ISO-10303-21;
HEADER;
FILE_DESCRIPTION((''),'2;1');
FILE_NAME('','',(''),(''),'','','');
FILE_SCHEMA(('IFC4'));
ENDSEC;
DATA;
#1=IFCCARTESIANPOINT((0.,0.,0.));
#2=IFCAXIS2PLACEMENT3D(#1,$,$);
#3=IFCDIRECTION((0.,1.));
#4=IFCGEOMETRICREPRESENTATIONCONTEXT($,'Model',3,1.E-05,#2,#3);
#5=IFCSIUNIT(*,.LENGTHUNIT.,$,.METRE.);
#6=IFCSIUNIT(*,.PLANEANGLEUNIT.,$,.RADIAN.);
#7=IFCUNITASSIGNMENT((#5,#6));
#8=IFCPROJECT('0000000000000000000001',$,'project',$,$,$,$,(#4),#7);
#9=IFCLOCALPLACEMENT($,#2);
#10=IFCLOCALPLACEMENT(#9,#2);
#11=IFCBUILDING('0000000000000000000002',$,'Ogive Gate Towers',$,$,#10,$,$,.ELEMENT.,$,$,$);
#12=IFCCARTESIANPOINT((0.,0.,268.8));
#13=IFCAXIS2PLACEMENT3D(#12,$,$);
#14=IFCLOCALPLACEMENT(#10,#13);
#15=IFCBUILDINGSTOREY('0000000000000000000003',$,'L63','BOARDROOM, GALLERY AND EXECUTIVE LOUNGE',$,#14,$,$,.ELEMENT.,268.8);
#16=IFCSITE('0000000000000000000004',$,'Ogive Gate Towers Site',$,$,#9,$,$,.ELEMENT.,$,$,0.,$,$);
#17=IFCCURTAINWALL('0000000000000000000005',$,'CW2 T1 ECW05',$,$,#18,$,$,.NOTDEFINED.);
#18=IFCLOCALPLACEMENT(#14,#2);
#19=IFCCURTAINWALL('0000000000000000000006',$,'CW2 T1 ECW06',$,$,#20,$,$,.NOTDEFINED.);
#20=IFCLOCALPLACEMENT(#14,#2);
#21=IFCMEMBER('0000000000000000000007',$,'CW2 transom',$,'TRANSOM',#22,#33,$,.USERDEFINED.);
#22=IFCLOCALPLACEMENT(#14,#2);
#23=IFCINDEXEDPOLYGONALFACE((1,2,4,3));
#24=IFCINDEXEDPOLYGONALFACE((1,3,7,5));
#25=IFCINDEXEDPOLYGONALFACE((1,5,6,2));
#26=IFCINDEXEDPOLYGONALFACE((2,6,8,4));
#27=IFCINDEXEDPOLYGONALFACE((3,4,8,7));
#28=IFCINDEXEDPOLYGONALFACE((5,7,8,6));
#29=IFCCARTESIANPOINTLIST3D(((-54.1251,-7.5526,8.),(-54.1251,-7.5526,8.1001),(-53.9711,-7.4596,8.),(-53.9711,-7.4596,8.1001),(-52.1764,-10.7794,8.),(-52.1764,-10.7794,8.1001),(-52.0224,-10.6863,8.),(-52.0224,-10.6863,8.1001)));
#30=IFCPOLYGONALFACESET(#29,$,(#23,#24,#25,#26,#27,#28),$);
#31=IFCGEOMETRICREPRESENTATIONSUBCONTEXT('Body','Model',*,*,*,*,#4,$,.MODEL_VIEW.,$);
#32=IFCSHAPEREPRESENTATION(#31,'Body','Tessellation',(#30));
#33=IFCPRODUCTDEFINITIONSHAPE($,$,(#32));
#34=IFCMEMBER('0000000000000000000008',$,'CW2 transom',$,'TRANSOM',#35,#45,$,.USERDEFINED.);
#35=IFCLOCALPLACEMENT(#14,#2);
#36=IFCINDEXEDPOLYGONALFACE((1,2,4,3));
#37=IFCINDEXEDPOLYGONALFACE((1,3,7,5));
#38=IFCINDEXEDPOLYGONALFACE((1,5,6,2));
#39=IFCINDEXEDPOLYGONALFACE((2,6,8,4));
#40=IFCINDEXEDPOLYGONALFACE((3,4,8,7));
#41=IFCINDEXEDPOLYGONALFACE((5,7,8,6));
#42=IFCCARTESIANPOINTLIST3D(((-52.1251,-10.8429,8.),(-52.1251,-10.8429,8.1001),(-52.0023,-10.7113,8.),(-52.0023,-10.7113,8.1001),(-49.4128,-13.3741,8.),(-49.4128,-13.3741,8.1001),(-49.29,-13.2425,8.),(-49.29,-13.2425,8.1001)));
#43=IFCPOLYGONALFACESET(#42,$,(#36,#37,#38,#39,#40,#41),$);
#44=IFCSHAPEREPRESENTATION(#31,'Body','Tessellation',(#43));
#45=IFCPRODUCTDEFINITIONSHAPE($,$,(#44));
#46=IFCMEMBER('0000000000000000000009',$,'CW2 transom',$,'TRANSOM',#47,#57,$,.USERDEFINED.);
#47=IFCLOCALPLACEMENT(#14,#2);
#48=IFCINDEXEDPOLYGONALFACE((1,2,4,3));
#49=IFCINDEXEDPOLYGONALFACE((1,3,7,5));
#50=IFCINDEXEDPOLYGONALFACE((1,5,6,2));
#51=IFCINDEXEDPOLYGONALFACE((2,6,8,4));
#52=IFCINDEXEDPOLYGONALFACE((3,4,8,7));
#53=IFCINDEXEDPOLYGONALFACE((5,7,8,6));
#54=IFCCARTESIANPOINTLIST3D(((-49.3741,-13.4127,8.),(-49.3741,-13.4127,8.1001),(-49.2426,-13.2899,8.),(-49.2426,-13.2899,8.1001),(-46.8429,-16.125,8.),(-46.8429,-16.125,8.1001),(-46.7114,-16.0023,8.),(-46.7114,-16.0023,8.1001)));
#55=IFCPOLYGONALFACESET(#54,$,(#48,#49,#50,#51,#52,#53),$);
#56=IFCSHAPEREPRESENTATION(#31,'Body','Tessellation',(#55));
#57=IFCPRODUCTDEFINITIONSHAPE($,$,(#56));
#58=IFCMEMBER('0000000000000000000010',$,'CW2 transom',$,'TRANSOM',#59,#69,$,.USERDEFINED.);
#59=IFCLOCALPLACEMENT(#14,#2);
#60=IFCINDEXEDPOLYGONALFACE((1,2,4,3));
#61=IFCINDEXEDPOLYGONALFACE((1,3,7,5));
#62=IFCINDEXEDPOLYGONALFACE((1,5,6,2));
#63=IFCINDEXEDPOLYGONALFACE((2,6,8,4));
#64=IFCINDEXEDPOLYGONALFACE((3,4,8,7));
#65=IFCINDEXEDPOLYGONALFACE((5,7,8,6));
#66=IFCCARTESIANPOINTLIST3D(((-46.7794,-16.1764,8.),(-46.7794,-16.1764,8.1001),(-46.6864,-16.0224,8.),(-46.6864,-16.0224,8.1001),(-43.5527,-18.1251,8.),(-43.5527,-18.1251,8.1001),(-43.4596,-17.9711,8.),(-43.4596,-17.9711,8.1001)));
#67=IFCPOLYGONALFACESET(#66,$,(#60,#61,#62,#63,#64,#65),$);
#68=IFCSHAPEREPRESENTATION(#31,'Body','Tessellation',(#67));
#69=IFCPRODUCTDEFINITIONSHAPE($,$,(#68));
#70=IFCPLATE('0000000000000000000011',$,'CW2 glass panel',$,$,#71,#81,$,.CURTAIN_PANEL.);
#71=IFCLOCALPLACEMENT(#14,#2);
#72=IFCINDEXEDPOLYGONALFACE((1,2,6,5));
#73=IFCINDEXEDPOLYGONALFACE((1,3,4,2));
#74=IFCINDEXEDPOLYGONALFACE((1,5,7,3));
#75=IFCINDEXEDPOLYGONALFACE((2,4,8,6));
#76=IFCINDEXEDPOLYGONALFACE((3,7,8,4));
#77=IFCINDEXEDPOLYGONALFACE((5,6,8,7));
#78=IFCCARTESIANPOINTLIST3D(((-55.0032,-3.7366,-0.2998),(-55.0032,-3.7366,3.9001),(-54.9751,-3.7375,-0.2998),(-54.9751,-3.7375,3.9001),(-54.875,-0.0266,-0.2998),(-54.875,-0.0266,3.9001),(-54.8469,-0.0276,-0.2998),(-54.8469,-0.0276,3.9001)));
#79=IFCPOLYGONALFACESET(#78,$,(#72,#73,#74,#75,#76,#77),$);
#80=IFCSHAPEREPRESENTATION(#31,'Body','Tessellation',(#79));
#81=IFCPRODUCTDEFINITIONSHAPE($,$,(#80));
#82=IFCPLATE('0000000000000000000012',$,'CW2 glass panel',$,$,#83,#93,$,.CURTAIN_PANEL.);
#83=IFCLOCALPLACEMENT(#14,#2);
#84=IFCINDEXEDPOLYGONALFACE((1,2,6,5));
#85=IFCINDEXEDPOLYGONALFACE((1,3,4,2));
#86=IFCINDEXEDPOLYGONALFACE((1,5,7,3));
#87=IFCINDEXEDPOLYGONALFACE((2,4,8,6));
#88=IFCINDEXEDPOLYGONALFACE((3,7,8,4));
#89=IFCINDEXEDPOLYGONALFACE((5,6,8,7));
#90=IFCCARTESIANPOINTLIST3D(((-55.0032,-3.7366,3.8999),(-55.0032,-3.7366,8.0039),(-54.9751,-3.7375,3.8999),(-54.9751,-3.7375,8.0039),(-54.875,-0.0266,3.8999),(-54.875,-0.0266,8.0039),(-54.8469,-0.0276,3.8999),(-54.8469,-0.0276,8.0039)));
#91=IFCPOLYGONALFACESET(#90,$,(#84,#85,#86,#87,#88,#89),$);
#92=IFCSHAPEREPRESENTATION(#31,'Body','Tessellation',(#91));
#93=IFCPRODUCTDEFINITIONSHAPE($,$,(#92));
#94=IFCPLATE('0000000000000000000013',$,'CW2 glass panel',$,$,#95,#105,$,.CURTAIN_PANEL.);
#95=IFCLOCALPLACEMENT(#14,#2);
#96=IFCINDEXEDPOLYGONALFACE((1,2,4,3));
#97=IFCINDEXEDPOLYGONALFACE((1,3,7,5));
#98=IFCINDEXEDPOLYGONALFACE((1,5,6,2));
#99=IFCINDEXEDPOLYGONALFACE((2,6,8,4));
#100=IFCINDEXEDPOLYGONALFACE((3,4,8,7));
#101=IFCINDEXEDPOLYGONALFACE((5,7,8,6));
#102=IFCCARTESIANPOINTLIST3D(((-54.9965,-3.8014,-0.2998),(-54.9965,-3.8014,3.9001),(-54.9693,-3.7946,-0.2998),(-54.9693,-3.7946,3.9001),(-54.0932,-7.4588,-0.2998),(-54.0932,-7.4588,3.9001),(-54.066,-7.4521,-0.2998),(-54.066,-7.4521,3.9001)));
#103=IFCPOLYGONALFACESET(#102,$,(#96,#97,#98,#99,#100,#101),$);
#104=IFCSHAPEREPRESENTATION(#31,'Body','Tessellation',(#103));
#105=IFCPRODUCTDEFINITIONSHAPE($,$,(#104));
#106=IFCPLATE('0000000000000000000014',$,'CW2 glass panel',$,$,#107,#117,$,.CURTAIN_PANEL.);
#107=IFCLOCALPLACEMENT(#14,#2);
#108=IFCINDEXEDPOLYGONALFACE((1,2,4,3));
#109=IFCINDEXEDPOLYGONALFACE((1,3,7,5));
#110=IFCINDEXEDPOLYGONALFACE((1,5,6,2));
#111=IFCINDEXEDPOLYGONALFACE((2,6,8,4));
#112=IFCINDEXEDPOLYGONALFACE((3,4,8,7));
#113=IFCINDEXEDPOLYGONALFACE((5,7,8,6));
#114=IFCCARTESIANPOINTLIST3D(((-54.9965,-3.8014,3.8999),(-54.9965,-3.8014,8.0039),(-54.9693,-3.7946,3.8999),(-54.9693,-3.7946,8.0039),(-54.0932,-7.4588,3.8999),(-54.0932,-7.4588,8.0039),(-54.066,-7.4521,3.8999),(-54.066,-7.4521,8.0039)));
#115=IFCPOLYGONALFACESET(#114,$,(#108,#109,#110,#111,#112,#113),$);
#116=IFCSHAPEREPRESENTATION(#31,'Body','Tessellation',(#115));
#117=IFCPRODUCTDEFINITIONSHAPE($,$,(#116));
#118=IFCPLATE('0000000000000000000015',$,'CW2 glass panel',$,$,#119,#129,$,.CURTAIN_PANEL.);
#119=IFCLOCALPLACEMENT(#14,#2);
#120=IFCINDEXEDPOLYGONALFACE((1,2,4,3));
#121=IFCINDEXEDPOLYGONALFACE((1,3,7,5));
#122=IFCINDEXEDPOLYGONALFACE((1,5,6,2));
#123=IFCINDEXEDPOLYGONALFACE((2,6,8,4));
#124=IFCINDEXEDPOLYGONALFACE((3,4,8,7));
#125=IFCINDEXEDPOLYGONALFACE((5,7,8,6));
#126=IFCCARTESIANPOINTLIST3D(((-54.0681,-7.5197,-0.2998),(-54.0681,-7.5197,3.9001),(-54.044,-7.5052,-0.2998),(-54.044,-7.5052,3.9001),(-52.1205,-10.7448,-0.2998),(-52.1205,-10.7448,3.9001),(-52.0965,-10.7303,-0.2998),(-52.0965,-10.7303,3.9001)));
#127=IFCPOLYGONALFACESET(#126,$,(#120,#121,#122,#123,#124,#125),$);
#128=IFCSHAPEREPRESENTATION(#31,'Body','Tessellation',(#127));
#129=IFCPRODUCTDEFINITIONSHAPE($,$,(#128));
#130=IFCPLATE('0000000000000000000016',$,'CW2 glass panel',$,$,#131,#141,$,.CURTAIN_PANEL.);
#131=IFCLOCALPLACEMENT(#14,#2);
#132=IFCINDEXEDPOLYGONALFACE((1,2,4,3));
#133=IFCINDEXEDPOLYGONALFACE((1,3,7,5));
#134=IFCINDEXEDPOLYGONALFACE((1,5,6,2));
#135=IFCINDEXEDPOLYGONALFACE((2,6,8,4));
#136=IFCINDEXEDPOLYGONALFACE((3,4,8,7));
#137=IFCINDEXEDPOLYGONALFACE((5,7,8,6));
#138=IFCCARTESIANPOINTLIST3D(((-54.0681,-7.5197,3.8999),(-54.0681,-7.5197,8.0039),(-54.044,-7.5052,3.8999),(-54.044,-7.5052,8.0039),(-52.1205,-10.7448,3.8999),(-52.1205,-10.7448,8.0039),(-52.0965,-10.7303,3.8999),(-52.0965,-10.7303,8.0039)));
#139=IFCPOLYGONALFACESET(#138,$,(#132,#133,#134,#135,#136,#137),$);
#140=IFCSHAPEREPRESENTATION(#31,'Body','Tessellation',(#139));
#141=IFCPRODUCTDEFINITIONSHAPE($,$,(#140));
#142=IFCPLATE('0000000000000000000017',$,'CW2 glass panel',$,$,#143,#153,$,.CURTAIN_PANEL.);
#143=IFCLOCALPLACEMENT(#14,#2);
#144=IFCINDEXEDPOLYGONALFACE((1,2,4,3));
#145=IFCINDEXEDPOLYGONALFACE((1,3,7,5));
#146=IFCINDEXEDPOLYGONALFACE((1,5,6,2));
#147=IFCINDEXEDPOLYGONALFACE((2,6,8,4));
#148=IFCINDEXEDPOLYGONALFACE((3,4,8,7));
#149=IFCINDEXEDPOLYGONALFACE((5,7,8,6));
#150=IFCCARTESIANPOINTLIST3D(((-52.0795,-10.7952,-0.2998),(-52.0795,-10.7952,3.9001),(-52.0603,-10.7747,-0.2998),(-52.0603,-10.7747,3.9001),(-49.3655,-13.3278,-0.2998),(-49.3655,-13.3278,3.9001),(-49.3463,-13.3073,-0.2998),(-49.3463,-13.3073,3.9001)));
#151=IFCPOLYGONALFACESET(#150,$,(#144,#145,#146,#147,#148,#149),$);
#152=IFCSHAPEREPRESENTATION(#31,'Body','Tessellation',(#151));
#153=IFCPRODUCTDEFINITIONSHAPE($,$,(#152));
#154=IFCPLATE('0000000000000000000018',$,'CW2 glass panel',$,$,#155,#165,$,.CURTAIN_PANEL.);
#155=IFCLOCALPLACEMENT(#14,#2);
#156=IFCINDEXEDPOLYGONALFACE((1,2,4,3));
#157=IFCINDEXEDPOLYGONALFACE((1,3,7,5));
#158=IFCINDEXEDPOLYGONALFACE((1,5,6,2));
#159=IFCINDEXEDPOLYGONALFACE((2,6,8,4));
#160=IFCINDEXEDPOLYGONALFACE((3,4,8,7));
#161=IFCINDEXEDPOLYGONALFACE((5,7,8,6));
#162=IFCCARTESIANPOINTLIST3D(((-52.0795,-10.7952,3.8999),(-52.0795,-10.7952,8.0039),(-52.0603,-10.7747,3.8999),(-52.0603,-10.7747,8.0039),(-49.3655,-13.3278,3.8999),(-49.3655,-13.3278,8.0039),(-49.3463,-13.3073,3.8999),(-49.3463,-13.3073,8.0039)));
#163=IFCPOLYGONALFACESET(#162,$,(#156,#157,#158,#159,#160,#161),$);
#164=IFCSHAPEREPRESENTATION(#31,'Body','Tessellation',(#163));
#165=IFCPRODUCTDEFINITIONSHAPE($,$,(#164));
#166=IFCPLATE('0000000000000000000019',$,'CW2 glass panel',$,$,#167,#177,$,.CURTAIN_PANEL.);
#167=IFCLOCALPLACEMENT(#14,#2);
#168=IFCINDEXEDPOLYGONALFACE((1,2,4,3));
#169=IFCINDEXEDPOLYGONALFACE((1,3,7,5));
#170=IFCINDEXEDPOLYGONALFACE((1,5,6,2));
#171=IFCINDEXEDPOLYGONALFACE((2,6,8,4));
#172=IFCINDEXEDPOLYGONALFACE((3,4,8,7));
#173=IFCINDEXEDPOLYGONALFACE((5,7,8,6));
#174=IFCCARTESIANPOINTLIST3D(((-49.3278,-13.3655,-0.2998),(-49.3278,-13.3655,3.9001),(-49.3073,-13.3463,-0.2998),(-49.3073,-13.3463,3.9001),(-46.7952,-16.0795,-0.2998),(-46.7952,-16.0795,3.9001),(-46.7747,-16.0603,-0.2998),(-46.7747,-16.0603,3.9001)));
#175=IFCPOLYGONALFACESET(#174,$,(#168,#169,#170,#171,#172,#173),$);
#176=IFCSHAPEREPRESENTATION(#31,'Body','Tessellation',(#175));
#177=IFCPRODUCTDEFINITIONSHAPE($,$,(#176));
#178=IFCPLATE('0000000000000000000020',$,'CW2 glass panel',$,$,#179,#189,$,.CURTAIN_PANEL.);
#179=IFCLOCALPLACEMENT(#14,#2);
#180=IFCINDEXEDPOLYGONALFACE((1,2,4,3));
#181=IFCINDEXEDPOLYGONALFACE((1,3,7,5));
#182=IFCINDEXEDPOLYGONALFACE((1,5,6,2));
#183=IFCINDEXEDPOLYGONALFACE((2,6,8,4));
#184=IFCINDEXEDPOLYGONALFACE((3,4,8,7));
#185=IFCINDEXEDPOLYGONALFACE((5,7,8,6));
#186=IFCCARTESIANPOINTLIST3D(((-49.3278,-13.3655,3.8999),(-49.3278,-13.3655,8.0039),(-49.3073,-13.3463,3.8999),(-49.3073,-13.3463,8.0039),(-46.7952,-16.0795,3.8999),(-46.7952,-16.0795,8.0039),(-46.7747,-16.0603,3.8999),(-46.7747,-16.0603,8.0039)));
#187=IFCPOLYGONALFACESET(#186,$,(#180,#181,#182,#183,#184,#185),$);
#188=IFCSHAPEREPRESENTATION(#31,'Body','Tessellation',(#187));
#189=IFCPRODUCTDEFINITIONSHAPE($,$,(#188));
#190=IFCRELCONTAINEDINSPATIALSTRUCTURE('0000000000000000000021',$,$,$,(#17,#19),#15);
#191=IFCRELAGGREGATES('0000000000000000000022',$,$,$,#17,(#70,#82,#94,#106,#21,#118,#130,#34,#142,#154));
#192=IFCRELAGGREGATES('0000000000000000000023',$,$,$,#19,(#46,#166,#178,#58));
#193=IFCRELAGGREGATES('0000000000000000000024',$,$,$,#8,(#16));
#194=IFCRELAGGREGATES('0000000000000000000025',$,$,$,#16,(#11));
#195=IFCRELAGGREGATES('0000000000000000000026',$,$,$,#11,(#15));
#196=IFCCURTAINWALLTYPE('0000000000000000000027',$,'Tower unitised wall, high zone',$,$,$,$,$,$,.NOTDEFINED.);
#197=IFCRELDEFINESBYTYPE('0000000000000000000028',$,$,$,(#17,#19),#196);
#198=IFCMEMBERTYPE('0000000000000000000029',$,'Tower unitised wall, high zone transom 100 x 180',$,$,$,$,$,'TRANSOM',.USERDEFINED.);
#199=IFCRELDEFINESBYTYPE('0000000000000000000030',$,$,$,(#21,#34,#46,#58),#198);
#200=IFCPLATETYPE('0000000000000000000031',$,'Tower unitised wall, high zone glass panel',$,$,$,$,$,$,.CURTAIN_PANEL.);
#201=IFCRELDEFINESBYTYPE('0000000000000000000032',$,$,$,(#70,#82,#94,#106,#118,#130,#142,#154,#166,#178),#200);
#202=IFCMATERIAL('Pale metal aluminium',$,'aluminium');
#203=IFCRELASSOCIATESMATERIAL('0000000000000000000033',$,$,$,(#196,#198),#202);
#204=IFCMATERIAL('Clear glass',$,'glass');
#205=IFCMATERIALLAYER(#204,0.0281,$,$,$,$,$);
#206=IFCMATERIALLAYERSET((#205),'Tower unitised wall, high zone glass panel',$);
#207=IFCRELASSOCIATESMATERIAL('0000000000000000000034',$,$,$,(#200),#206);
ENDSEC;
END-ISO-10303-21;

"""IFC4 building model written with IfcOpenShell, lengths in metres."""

from ifc_helpers import new_model, si_unit, direction, frame, origin, origin_2d, place, context, subcontext, project, spatial, rectangle, extrude, material, layer, layer_set, material_profile, profile_set, type_object, element, aggregate, save


model = new_model("IFC4")

# Units and contexts
model_context = context("Model", 3, precision=1e-05, world=origin(), true_north=direction((0.0, 1.0)))
body_context = subcontext(model_context, "Body", "Model", "MODEL_VIEW")
ifc_project = project(units=[si_unit("LENGTHUNIT", "METRE"), si_unit("PLANEANGLEUNIT", "RADIAN")], contexts=[model_context])

# Site, building, storey
site_placement = place(None, origin())
site = spatial("IfcSite", under=ifc_project, at=site_placement, Name="Ogive Gate Towers Site", CompositionType="ELEMENT", RefElevation=0.0)
building_placement = place(site_placement, origin())
building = spatial("IfcBuilding", under=site, at=building_placement, Name="Ogive Gate Towers", CompositionType="ELEMENT")
storey_placement = place(building_placement, frame((0.0, 0.0, 268.8)))
storey = spatial("IfcBuildingStorey", under=building, at=storey_placement, Name="L63", Description="BOARDROOM, GALLERY AND EXECUTIVE LOUNGE", CompositionType="ELEMENT", Elevation=268.8)

# Curtain wall
ifc_material_1 = material(Name="Pale metal aluminium", Category="aluminium")
curtain_wall_type = type_object("IfcCurtainWallType", Name="Tower unitised wall, high zone", PredefinedType="NOTDEFINED", material=ifc_material_1)
curtain_wall_1_placement = place(storey_placement, origin())
curtain_wall_1 = element("IfcCurtainWall", 1, at=curtain_wall_1_placement, inside=storey, type_object=curtain_wall_type, Name="CW2 T1 ECW05", PredefinedType="NOTDEFINED")

# Curtain wall
curtain_wall_2_placement = place(storey_placement, origin())
curtain_wall_2 = element("IfcCurtainWall", 2, at=curtain_wall_2_placement, inside=storey, type_object=curtain_wall_type, Name="CW2 T1 ECW06", PredefinedType="NOTDEFINED")

# Members
ifc_material_profile_1 = material_profile(ifc_material_1, rectangle(XDim=0.1799, YDim=0.1001, at=origin_2d()), Name="100 x 180 aluminium box")
ifc_profile_set_1 = profile_set([ifc_material_profile_1], Name="Pale metal aluminium")
member_type_1 = type_object("IfcMemberType", Name="Tower unitised wall, high zone transom 100 x 180", ElementType="TRANSOM", PredefinedType="USERDEFINED", material=ifc_profile_set_1)
member_1_placement = place(storey_placement, frame((-54.0481, -7.5061, 8.05), z_axis=(0.51696, -0.856009, 0.0), x_axis=(0.856009, 0.51696, 0.0)))
member_1 = element("IfcMember", 3, at=member_1_placement, type_object=member_type_1, Name="CW2 transom", ObjectType="TRANSOM", PredefinedType="USERDEFINED", context=body_context, shape_type="SweptSolid", body=[
    extrude(rectangle(XDim=0.1799, YDim=0.1001, at=origin_2d()), origin(), (0.0, 0.0, 1.0), 3.7695),
])
member_2_placement = place(storey_placement, frame((-52.0637, -10.7771, 8.05), z_axis=(0.731099, -0.682271, 0.0), x_axis=(0.682271, 0.731099, 0.0)))
member_2 = element("IfcMember", 4, at=member_2_placement, type_object=member_type_1, Name="CW2 transom", ObjectType="TRANSOM", PredefinedType="USERDEFINED", context=body_context, shape_type="SweptSolid", body=[
    extrude(rectangle(XDim=0.1799, YDim=0.1001, at=origin_2d()), origin(), (0.0, 0.0, 1.0), 3.71),
])
member_3_placement = place(storey_placement, frame((-49.3083, -13.3513, 8.05), z_axis=(0.682271, -0.731099, 0.0), x_axis=(0.731099, 0.682271, 0.0)))
member_3 = element("IfcMember", 5, at=member_3_placement, type_object=member_type_1, Name="CW2 transom", ObjectType="TRANSOM", PredefinedType="USERDEFINED", context=body_context, shape_type="SweptSolid", body=[
    extrude(rectangle(XDim=0.1799, YDim=0.1001, at=origin_2d()), origin(), (0.0, 0.0, 1.0), 3.71),
])
member_4_placement = place(storey_placement, frame((-46.7329, -16.0994, 8.05), z_axis=(0.856009, -0.51696, 0.0), x_axis=(0.51696, 0.856009, 0.0)))
member_4 = element("IfcMember", 6, at=member_4_placement, type_object=member_type_1, Name="CW2 transom", ObjectType="TRANSOM", PredefinedType="USERDEFINED", context=body_context, shape_type="SweptSolid", body=[
    extrude(rectangle(XDim=0.1799, YDim=0.1001, at=origin_2d()), origin(), (0.0, 0.0, 1.0), 3.7695),
])

# Plates
ifc_material_2 = material(Name="Clear glass", Category="glass")
ifc_layer_1 = layer(ifc_material_2, 0.0281)
ifc_layer_set_1 = layer_set([ifc_layer_1], Name="Tower unitised wall, high zone glass panel")
plate_type = type_object("IfcPlateType", Name="Tower unitised wall, high zone glass panel", PredefinedType="CURTAIN_PANEL", material=ifc_layer_set_1)
plate_1_placement = place(storey_placement, frame((-54.925, -1.8821, -0.2998), z_axis=(0.0, 0.0, 1.0), x_axis=(-0.034533, -0.999404, 0.0)))
plate_1 = element("IfcPlate", 7, at=plate_1_placement, type_object=plate_type, Name="CW2 glass panel", PredefinedType="CURTAIN_PANEL", context=body_context, shape_type="SweptSolid", body=[
    extrude(rectangle(XDim=3.7122, YDim=0.0281, at=origin_2d()), origin(), (0.0, 0.0, 1.0), 4.2),
])
plate_2_placement = place(storey_placement, frame((-54.925, -1.8821, 3.8999), z_axis=(0.0, 0.0, 1.0), x_axis=(-0.034533, -0.999404, 0.0)))
plate_2 = element("IfcPlate", 8, at=plate_2_placement, type_object=plate_type, Name="CW2 glass panel", PredefinedType="CURTAIN_PANEL", context=body_context, shape_type="SweptSolid", body=[
    extrude(rectangle(XDim=3.7122, YDim=0.0281, at=origin_2d()), origin(), (0.0, 0.0, 1.0), 4.104),
])
plate_3_placement = place(storey_placement, frame((-54.5312, -5.6267, -0.2998), z_axis=(0.0, 0.0, 1.0), x_axis=(0.239771, -0.97083, 0.0)))
plate_3 = element("IfcPlate", 9, at=plate_3_placement, type_object=plate_type, Name="CW2 glass panel", PredefinedType="CURTAIN_PANEL", context=body_context, shape_type="SweptSolid", body=[
    extrude(rectangle(XDim=3.7673, YDim=0.0281, at=origin_2d()), origin(), (0.0, 0.0, 1.0), 4.2),
])
plate_4_placement = place(storey_placement, frame((-54.5312, -5.6267, 3.8999), z_axis=(0.0, 0.0, 1.0), x_axis=(0.239771, -0.97083, 0.0)))
plate_4 = element("IfcPlate", 10, at=plate_4_placement, type_object=plate_type, Name="CW2 glass panel", PredefinedType="CURTAIN_PANEL", context=body_context, shape_type="SweptSolid", body=[
    extrude(rectangle(XDim=3.7673, YDim=0.0281, at=origin_2d()), origin(), (0.0, 0.0, 1.0), 4.104),
])
plate_5_placement = place(storey_placement, frame((-53.0823, -9.125, -0.2998), z_axis=(0.0, 0.0, 1.0), x_axis=(0.516922, -0.856033, 0.0)))
plate_5 = element("IfcPlate", 11, at=plate_5_placement, type_object=plate_type, Name="CW2 glass panel", PredefinedType="CURTAIN_PANEL", context=body_context, shape_type="SweptSolid", body=[
    extrude(rectangle(XDim=3.7676, YDim=0.0281, at=origin_2d()), origin(), (0.0, 0.0, 1.0), 4.2),
])
plate_6_placement = place(storey_placement, frame((-53.0823, -9.125, 3.8999), z_axis=(0.0, 0.0, 1.0), x_axis=(0.516922, -0.856033, 0.0)))
plate_6 = element("IfcPlate", 12, at=plate_6_placement, type_object=plate_type, Name="CW2 glass panel", PredefinedType="CURTAIN_PANEL", context=body_context, shape_type="SweptSolid", body=[
    extrude(rectangle(XDim=3.7676, YDim=0.0281, at=origin_2d()), origin(), (0.0, 0.0, 1.0), 4.104),
])
plate_7_placement = place(storey_placement, frame((-50.7129, -12.0513, -0.2998), z_axis=(0.0, 0.0, 1.0), x_axis=(0.731116, -0.682254, 0.0)))
plate_7 = element("IfcPlate", 13, at=plate_7_placement, type_object=plate_type, Name="CW2 glass panel", PredefinedType="CURTAIN_PANEL", context=body_context, shape_type="SweptSolid", body=[
    extrude(rectangle(XDim=3.7122, YDim=0.0281, at=origin_2d()), origin(), (0.0, 0.0, 1.0), 4.2),
])
plate_8_placement = place(storey_placement, frame((-50.7129, -12.0513, 3.8999), z_axis=(0.0, 0.0, 1.0), x_axis=(0.731116, -0.682254, 0.0)))
plate_8 = element("IfcPlate", 14, at=plate_8_placement, type_object=plate_type, Name="CW2 glass panel", PredefinedType="CURTAIN_PANEL", context=body_context, shape_type="SweptSolid", body=[
    extrude(rectangle(XDim=3.7122, YDim=0.0281, at=origin_2d()), origin(), (0.0, 0.0, 1.0), 4.104),
])
aggregate(curtain_wall_1, [plate_1, plate_2, plate_3, plate_4, member_1, plate_5, plate_6, member_2, plate_7, plate_8])
plate_9_placement = place(storey_placement, frame((-48.0513, -14.7129, -0.2998), z_axis=(0.0, 0.0, 1.0), x_axis=(0.682254, -0.731116, 0.0)))
plate_9 = element("IfcPlate", 15, at=plate_9_placement, type_object=plate_type, Name="CW2 glass panel", PredefinedType="CURTAIN_PANEL", context=body_context, shape_type="SweptSolid", body=[
    extrude(rectangle(XDim=3.7122, YDim=0.0281, at=origin_2d()), origin(), (0.0, 0.0, 1.0), 4.2),
])
plate_10_placement = place(storey_placement, frame((-48.0513, -14.7129, 3.8999), z_axis=(0.0, 0.0, 1.0), x_axis=(0.682254, -0.731116, 0.0)))
plate_10 = element("IfcPlate", 16, at=plate_10_placement, type_object=plate_type, Name="CW2 glass panel", PredefinedType="CURTAIN_PANEL", context=body_context, shape_type="SweptSolid", body=[
    extrude(rectangle(XDim=3.7122, YDim=0.0281, at=origin_2d()), origin(), (0.0, 0.0, 1.0), 4.104),
])
aggregate(curtain_wall_2, [member_3, plate_9, plate_10, member_4])

save(model, "model.ifc")
